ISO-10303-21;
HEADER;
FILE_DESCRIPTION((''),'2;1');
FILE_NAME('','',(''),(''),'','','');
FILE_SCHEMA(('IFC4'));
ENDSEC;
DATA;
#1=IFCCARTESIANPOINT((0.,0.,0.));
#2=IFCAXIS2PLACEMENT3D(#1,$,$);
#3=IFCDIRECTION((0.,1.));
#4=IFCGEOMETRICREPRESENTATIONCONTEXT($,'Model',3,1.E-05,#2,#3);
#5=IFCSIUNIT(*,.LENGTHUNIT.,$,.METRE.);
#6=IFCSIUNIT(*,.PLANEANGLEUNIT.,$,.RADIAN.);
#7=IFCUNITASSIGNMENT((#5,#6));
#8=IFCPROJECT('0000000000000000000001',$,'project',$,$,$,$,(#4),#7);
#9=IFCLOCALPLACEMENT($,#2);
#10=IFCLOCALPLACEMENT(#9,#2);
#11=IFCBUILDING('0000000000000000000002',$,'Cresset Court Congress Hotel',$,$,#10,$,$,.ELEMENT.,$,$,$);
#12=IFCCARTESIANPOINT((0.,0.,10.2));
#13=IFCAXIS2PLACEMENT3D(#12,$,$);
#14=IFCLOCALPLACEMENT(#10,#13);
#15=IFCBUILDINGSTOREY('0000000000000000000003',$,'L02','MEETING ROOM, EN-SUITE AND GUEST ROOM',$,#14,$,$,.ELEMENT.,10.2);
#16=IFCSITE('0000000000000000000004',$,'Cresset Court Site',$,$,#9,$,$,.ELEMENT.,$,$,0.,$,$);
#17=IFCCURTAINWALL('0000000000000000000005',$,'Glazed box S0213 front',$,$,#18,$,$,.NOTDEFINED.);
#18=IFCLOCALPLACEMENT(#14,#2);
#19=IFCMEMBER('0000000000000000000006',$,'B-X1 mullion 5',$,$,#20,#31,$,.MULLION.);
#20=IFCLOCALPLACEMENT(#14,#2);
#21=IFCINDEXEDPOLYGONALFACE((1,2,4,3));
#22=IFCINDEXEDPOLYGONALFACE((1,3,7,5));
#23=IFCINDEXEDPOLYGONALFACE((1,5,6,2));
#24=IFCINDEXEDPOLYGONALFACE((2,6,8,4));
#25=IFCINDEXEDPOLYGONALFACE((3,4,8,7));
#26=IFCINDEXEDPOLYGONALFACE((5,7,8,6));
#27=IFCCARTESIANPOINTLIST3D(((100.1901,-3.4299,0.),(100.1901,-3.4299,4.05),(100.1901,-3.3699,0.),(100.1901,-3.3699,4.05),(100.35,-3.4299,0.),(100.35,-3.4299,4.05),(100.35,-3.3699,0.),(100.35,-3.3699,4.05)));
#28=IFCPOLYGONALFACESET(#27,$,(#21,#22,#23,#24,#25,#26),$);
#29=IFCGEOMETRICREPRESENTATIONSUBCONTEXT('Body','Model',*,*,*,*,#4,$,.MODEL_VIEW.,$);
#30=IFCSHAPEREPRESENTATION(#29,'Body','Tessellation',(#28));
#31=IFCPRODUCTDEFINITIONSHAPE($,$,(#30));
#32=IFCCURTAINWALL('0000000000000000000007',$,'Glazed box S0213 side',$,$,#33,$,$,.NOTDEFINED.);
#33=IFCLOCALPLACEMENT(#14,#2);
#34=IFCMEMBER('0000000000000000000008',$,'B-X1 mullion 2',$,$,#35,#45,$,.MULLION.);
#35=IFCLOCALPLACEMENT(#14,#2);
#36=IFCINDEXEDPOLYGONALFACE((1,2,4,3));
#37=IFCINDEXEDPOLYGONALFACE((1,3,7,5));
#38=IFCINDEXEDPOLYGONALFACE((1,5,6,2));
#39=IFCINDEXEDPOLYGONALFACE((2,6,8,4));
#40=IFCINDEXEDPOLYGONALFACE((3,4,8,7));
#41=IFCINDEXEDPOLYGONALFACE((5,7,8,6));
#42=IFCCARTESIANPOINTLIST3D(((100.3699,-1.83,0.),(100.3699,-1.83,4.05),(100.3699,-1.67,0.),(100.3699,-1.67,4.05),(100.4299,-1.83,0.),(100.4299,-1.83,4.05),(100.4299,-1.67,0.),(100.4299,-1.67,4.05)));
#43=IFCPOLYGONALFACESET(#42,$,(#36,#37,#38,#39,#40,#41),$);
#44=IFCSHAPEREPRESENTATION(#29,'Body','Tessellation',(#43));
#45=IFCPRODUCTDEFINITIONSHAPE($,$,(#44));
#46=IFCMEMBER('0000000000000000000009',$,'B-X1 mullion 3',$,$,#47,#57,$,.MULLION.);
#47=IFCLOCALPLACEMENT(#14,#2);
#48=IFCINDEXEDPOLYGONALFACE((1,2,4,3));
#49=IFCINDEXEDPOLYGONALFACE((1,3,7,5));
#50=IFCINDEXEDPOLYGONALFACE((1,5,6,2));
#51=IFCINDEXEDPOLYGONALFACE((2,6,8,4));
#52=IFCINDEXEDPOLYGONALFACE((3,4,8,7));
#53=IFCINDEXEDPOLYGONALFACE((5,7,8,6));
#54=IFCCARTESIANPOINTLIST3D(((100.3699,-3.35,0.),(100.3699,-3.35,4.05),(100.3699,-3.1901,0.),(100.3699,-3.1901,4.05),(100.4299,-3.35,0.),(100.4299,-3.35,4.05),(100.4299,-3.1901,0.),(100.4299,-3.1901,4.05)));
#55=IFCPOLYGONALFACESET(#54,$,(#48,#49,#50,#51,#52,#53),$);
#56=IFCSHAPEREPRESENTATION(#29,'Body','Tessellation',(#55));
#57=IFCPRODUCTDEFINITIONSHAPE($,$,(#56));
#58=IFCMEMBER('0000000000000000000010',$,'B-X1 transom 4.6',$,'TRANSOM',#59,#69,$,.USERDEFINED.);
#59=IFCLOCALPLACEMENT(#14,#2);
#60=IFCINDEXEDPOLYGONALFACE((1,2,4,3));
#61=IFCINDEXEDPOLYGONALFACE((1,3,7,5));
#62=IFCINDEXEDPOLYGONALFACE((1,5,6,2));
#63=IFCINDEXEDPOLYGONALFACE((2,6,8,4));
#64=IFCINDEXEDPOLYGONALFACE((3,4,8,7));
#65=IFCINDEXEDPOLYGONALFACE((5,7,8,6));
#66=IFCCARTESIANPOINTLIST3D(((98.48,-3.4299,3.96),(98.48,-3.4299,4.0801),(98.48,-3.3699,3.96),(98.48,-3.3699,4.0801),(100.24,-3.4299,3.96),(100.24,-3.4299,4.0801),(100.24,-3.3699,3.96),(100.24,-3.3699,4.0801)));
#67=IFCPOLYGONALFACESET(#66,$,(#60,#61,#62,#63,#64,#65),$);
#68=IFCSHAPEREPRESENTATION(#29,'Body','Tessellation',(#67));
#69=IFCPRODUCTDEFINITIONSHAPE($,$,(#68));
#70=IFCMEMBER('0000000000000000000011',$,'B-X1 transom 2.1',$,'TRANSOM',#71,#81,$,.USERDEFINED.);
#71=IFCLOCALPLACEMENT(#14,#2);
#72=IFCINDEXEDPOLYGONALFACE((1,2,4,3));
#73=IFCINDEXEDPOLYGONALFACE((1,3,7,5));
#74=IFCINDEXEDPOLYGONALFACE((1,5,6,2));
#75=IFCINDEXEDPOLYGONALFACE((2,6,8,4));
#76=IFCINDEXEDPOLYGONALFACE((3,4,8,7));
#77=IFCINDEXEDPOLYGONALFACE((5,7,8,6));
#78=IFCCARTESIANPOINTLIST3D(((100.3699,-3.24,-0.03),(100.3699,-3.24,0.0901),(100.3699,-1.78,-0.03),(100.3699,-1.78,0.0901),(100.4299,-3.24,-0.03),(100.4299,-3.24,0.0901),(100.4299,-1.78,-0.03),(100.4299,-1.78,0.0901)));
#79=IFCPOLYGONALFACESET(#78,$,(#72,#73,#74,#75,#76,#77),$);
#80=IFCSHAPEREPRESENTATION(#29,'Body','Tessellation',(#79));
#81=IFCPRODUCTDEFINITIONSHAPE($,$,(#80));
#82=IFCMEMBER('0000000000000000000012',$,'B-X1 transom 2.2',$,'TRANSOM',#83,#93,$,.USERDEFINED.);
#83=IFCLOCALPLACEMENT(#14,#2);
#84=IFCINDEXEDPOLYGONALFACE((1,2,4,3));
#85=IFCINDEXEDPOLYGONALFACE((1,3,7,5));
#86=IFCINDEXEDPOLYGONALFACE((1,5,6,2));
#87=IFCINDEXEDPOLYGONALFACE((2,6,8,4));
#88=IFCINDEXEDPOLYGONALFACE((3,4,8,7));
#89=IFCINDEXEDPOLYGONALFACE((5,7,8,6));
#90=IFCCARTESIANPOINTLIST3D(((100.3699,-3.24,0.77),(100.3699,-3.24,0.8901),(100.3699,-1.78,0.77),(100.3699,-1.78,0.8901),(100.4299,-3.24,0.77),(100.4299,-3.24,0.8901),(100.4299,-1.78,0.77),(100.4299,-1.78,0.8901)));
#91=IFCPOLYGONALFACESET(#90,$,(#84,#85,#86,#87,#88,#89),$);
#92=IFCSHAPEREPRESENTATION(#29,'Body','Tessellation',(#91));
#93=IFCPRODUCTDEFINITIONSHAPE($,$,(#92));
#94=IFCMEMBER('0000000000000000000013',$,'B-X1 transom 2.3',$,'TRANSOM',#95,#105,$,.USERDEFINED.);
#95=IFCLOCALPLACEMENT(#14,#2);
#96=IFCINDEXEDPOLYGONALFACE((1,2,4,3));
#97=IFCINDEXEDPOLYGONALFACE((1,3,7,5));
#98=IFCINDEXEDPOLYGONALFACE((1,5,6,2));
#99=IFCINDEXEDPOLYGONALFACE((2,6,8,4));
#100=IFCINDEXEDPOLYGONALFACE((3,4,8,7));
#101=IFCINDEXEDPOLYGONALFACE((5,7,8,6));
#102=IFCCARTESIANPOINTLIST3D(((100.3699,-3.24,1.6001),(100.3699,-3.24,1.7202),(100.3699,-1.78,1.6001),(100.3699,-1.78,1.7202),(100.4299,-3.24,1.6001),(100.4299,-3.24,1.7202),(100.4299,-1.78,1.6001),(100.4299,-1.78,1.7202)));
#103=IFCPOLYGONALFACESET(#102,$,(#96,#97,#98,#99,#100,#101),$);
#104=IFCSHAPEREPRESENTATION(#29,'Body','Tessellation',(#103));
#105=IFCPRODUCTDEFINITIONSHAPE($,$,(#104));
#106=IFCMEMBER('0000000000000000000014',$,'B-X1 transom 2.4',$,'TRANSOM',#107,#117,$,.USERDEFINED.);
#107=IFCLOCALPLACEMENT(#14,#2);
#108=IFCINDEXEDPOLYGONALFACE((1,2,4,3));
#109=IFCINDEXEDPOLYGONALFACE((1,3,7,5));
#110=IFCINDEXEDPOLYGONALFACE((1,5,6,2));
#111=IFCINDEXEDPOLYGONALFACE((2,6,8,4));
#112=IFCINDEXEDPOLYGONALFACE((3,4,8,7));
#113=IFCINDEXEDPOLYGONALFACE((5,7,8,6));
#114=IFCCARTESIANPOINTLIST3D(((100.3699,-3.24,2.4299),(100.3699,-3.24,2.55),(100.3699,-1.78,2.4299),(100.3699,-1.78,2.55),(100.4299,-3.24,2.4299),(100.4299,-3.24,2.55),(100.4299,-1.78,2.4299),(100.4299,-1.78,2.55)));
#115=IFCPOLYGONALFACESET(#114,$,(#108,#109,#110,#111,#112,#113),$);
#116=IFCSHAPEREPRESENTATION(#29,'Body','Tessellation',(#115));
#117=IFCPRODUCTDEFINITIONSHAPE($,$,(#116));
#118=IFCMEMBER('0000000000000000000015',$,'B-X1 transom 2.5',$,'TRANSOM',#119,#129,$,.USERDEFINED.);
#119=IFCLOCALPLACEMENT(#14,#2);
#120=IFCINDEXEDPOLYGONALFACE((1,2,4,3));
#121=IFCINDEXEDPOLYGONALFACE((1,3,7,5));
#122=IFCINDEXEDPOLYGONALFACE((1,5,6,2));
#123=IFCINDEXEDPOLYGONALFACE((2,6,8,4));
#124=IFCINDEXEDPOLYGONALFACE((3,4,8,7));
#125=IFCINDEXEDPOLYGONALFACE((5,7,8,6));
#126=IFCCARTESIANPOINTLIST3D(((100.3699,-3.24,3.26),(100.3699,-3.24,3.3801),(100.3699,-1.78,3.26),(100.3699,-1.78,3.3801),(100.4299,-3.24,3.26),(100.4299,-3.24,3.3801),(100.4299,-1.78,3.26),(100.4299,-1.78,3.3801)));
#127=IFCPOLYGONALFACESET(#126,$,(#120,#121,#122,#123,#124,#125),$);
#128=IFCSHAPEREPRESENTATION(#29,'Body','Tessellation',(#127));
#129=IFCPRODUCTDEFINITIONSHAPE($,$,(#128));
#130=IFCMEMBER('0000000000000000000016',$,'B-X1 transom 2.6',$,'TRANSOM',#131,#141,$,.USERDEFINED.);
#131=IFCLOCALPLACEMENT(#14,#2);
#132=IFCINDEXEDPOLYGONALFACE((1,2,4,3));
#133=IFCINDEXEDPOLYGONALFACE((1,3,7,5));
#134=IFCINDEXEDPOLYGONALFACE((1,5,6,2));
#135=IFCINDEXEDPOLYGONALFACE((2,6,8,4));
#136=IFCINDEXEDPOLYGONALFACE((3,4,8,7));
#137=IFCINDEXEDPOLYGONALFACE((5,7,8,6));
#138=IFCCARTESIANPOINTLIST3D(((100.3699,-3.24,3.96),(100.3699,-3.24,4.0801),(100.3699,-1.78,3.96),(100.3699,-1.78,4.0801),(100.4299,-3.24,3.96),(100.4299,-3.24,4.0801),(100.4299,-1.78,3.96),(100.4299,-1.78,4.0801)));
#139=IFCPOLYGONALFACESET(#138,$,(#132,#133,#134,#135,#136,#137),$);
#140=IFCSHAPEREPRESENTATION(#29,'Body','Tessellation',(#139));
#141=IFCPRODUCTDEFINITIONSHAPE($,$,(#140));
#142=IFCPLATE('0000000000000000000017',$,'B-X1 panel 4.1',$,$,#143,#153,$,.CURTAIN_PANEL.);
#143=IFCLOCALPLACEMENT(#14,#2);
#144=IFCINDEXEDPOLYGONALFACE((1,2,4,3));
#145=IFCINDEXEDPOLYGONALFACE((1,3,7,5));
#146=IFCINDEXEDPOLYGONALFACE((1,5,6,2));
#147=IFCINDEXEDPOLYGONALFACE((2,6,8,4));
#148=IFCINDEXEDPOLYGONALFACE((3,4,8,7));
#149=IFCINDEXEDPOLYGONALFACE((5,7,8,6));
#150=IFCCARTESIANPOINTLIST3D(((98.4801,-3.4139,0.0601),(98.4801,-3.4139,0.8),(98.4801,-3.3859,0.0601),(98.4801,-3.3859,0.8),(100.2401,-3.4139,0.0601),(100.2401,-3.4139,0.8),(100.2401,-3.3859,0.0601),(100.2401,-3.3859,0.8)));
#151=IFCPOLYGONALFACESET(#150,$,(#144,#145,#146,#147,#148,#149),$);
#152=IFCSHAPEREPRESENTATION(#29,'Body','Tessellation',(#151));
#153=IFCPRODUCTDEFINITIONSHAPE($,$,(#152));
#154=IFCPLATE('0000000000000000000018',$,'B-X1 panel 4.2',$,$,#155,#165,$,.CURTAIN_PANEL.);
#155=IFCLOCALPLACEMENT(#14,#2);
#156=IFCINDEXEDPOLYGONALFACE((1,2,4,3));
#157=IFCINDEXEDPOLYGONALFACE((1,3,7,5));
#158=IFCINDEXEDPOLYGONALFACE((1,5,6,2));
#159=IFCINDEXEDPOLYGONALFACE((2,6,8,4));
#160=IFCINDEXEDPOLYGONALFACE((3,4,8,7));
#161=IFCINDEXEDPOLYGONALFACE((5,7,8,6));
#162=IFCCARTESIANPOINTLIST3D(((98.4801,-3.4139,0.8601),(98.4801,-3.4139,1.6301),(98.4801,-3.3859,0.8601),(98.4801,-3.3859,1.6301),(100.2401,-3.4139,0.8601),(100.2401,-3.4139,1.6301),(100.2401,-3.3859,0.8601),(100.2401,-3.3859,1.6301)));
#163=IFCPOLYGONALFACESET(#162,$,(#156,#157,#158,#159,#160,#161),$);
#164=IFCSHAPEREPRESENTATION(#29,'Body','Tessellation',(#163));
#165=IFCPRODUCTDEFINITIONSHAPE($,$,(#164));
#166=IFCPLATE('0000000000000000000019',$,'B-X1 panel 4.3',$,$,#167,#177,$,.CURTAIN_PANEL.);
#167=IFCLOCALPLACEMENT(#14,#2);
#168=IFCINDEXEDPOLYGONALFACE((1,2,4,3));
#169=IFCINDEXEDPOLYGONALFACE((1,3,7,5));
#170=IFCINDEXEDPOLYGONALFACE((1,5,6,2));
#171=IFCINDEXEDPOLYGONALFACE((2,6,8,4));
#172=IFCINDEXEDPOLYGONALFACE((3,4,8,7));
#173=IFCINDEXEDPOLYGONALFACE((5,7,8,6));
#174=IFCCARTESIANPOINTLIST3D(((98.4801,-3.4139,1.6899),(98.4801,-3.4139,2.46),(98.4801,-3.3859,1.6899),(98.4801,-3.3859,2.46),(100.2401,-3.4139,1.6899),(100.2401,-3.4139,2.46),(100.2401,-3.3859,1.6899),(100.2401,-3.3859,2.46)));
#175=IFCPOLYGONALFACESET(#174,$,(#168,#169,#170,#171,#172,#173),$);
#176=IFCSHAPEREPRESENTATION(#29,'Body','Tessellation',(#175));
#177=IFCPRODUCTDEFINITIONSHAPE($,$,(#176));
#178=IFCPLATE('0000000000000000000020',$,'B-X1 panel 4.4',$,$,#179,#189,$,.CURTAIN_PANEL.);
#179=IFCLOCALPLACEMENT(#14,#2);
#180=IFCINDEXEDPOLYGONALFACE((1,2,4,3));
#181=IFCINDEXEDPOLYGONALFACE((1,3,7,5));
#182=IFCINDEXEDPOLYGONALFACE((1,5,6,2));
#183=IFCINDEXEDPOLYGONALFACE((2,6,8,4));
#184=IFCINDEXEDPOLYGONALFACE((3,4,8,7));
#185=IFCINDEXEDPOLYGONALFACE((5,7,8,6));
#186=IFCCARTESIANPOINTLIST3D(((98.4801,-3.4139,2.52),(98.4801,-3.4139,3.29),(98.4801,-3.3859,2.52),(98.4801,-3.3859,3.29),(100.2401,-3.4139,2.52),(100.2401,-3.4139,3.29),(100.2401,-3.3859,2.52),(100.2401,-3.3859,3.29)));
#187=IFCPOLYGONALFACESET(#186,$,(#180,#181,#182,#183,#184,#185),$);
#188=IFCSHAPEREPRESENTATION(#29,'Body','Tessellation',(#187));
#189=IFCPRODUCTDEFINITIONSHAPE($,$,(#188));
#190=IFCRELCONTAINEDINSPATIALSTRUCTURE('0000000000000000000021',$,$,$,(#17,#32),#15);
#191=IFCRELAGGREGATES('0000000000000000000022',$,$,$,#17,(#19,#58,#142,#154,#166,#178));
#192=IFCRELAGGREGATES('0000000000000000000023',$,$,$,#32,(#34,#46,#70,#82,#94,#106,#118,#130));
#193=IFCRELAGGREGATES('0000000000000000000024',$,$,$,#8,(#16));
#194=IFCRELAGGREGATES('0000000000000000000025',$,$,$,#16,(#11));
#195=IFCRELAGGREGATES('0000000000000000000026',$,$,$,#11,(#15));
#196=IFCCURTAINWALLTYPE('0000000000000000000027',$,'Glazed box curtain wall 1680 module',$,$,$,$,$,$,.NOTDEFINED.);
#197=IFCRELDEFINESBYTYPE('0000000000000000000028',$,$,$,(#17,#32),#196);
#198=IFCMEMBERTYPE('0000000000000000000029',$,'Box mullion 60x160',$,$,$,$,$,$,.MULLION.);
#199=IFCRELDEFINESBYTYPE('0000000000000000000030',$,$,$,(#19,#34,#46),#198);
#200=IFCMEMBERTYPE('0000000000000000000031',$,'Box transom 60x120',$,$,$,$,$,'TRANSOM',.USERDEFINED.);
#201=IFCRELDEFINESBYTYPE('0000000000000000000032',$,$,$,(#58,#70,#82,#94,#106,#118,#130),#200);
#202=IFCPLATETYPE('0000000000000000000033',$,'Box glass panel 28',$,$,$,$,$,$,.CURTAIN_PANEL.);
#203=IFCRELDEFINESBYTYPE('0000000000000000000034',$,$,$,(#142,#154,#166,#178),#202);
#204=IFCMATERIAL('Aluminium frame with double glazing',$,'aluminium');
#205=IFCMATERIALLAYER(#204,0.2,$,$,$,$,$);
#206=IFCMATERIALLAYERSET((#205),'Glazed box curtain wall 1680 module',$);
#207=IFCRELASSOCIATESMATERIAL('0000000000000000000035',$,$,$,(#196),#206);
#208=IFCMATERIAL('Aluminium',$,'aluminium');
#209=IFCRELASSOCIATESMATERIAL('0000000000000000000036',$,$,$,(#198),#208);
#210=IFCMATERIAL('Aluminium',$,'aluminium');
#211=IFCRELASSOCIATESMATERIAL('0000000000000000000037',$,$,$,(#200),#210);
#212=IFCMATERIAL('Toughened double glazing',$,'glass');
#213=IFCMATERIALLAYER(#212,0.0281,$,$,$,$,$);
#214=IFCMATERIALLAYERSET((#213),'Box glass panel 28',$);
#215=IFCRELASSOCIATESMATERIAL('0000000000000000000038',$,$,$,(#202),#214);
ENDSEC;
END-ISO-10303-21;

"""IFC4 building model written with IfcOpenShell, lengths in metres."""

from ifc_helpers import new_model, si_unit, direction, frame, origin, origin_2d, place, context, subcontext, project, spatial, rectangle, extrude, material, layer, layer_set, material_profile, profile_set, type_object, element, aggregate, save


model = new_model("IFC4")

# Units and contexts
model_context = context("Model", 3, precision=1e-05, world=origin(), true_north=direction((0.0, 1.0)))
body_context = subcontext(model_context, "Body", "Model", "MODEL_VIEW")
ifc_project = project(units=[si_unit("LENGTHUNIT", "METRE"), si_unit("PLANEANGLEUNIT", "RADIAN")], contexts=[model_context])

# Site, building, storey
site_placement = place(None, origin())
site = spatial("IfcSite", under=ifc_project, at=site_placement, Name="Cresset Court Site", CompositionType="ELEMENT", RefElevation=0.0)
building_placement = place(site_placement, origin())
building = spatial("IfcBuilding", under=site, at=building_placement, Name="Cresset Court Congress Hotel", CompositionType="ELEMENT")
storey_placement = place(building_placement, frame((0.0, 0.0, 10.2)))
storey = spatial("IfcBuildingStorey", under=building, at=storey_placement, Name="L02", Description="MEETING ROOM, EN-SUITE AND GUEST ROOM", CompositionType="ELEMENT", Elevation=10.2)

# Curtain wall, member
ifc_material_1 = material(Name="Aluminium frame with double glazing", Category="aluminium")
ifc_layer_1 = layer(ifc_material_1, 0.2)
ifc_layer_set_1 = layer_set([ifc_layer_1], Name="Glazed box curtain wall 1680 module")
curtain_wall_type = type_object("IfcCurtainWallType", Name="Glazed box curtain wall 1680 module", PredefinedType="NOTDEFINED", material=ifc_layer_set_1)
curtain_wall_1_placement = place(storey_placement, origin())
curtain_wall_1 = element("IfcCurtainWall", 1, at=curtain_wall_1_placement, inside=storey, type_object=curtain_wall_type, Name="Glazed box S0213 front", PredefinedType="NOTDEFINED")
ifc_material_2 = material(Name="Aluminium", Category="aluminium")
ifc_material_profile_1 = material_profile(ifc_material_2, rectangle(XDim=0.0601, YDim=0.1599, at=origin_2d()), Name="Box mullion 60x160")
ifc_profile_set_1 = profile_set([ifc_material_profile_1], Name="Aluminium")
member_type_1 = type_object("IfcMemberType", Name="Box mullion 60x160", PredefinedType="MULLION", material=ifc_profile_set_1)
member_1_placement = place(storey_placement, frame((100.27, -3.3999, 0.0), z_axis=(0.0, 0.0, 1.0), x_axis=(0.0, 1.0, 0.0)))
member_1 = element("IfcMember", 2, at=member_1_placement, type_object=member_type_1, Name="B-X1 mullion 5", PredefinedType="MULLION", context=body_context, shape_type="SweptSolid", body=[
    extrude(rectangle(XDim=0.0601, YDim=0.1599, at=origin_2d()), origin(), (0.0, 0.0, 1.0), 4.05),
])

# Curtain wall, members
curtain_wall_2_placement = place(storey_placement, origin())
curtain_wall_2 = element("IfcCurtainWall", 3, at=curtain_wall_2_placement, inside=storey, type_object=curtain_wall_type, Name="Glazed box S0213 side", PredefinedType="NOTDEFINED")
member_2_placement = place(storey_placement, frame((100.3999, -1.75, 0.0), z_axis=(0.0, 0.0, 1.0), x_axis=(1.0, 0.0, 0.0)))
member_2 = element("IfcMember", 4, at=member_2_placement, type_object=member_type_1, Name="B-X1 mullion 2", PredefinedType="MULLION", context=body_context, shape_type="SweptSolid", body=[
    extrude(rectangle(XDim=0.0601, YDim=0.1599, at=origin_2d()), origin(), (0.0, 0.0, 1.0), 4.05),
])
member_3_placement = place(storey_placement, frame((100.3999, -3.27, 0.0), z_axis=(0.0, 0.0, 1.0), x_axis=(1.0, 0.0, 0.0)))
member_3 = element("IfcMember", 5, at=member_3_placement, type_object=member_type_1, Name="B-X1 mullion 3", PredefinedType="MULLION", context=body_context, shape_type="SweptSolid", body=[
    extrude(rectangle(XDim=0.0601, YDim=0.1599, at=origin_2d()), origin(), (0.0, 0.0, 1.0), 4.05),
])

# Members
ifc_material_3 = material(Name="Aluminium", Category="aluminium")
ifc_material_profile_2 = material_profile(ifc_material_3, rectangle(XDim=0.0601, YDim=0.1201, at=origin_2d()), Name="Box transom 60x120")
ifc_profile_set_2 = profile_set([ifc_material_profile_2], Name="Aluminium")
member_type_2 = type_object("IfcMemberType", Name="Box transom 60x120", ElementType="TRANSOM", PredefinedType="USERDEFINED", material=ifc_profile_set_2)
member_4_placement = place(storey_placement, frame((98.48, -3.3999, 4.02), z_axis=(1.0, 0.0, 0.0), x_axis=(0.0, 1.0, 0.0)))
member_4 = element("IfcMember", 6, at=member_4_placement, type_object=member_type_2, Name="B-X1 transom 4.6", ObjectType="TRANSOM", PredefinedType="USERDEFINED", context=body_context, shape_type="SweptSolid", body=[
    extrude(rectangle(XDim=0.0601, YDim=0.1201, at=origin_2d()), origin(), (0.0, 0.0, 1.0), 1.76),
])
member_5_placement = place(storey_placement, frame((100.3999, -1.78, 0.03), z_axis=(0.0, -1.0, 0.0), x_axis=(1.0, 0.0, 0.0)))
member_5 = element("IfcMember", 7, at=member_5_placement, type_object=member_type_2, Name="B-X1 transom 2.1", ObjectType="TRANSOM", PredefinedType="USERDEFINED", context=body_context, shape_type="SweptSolid", body=[
    extrude(rectangle(XDim=0.0601, YDim=0.1201, at=origin_2d()), origin(), (0.0, 0.0, 1.0), 1.46),
])
member_6_placement = place(storey_placement, frame((100.3999, -1.78, 0.8301), z_axis=(0.0, -1.0, 0.0), x_axis=(1.0, 0.0, 0.0)))
member_6 = element("IfcMember", 8, at=member_6_placement, type_object=member_type_2, Name="B-X1 transom 2.2", ObjectType="TRANSOM", PredefinedType="USERDEFINED", context=body_context, shape_type="SweptSolid", body=[
    extrude(rectangle(XDim=0.0601, YDim=0.1201, at=origin_2d()), origin(), (0.0, 0.0, 1.0), 1.46),
])
member_7_placement = place(storey_placement, frame((100.3999, -1.78, 1.6602), z_axis=(0.0, -1.0, 0.0), x_axis=(1.0, 0.0, 0.0)))
member_7 = element("IfcMember", 9, at=member_7_placement, type_object=member_type_2, Name="B-X1 transom 2.3", ObjectType="TRANSOM", PredefinedType="USERDEFINED", context=body_context, shape_type="SweptSolid", body=[
    extrude(rectangle(XDim=0.0601, YDim=0.1201, at=origin_2d()), origin(), (0.0, 0.0, 1.0), 1.46),
])
member_8_placement = place(storey_placement, frame((100.3999, -1.78, 2.49), z_axis=(0.0, -1.0, 0.0), x_axis=(1.0, 0.0, 0.0)))
member_8 = element("IfcMember", 10, at=member_8_placement, type_object=member_type_2, Name="B-X1 transom 2.4", ObjectType="TRANSOM", PredefinedType="USERDEFINED", context=body_context, shape_type="SweptSolid", body=[
    extrude(rectangle(XDim=0.0601, YDim=0.1201, at=origin_2d()), origin(), (0.0, 0.0, 1.0), 1.46),
])
member_9_placement = place(storey_placement, frame((100.3999, -1.78, 3.3201), z_axis=(0.0, -1.0, 0.0), x_axis=(1.0, 0.0, 0.0)))
member_9 = element("IfcMember", 11, at=member_9_placement, type_object=member_type_2, Name="B-X1 transom 2.5", ObjectType="TRANSOM", PredefinedType="USERDEFINED", context=body_context, shape_type="SweptSolid", body=[
    extrude(rectangle(XDim=0.0601, YDim=0.1201, at=origin_2d()), origin(), (0.0, 0.0, 1.0), 1.46),
])
member_10_placement = place(storey_placement, frame((100.3999, -1.78, 4.02), z_axis=(0.0, -1.0, 0.0), x_axis=(1.0, 0.0, 0.0)))
member_10 = element("IfcMember", 12, at=member_10_placement, type_object=member_type_2, Name="B-X1 transom 2.6", ObjectType="TRANSOM", PredefinedType="USERDEFINED", context=body_context, shape_type="SweptSolid", body=[
    extrude(rectangle(XDim=0.0601, YDim=0.1201, at=origin_2d()), origin(), (0.0, 0.0, 1.0), 1.46),
])

# Plates
ifc_material_4 = material(Name="Toughened double glazing", Category="glass")
ifc_layer_2 = layer(ifc_material_4, 0.0281)
ifc_layer_set_2 = layer_set([ifc_layer_2], Name="Box glass panel 28")
plate_type_1 = type_object("IfcPlateType", Name="Box glass panel 28", PredefinedType="CURTAIN_PANEL", material=ifc_layer_set_2)
plate_1_placement = place(storey_placement, frame((99.3601, -3.3999, 0.0601), z_axis=(0.0, 0.0, 1.0), x_axis=(1.0, 0.0, 0.0)))
plate_1 = element("IfcPlate", 13, at=plate_1_placement, type_object=plate_type_1, Name="B-X1 panel 4.1", PredefinedType="CURTAIN_PANEL", context=body_context, shape_type="SweptSolid", body=[
    extrude(rectangle(XDim=1.76, YDim=0.0281, at=origin_2d()), origin(), (0.0, 0.0, 1.0), 0.74),
])
plate_2_placement = place(storey_placement, frame((99.3601, -3.3999, 0.8601), z_axis=(0.0, 0.0, 1.0), x_axis=(1.0, 0.0, 0.0)))
plate_2 = element("IfcPlate", 14, at=plate_2_placement, type_object=plate_type_1, Name="B-X1 panel 4.2", PredefinedType="CURTAIN_PANEL", context=body_context, shape_type="SweptSolid", body=[
    extrude(rectangle(XDim=1.76, YDim=0.0281, at=origin_2d()), origin(), (0.0, 0.0, 1.0), 0.77),
])
plate_3_placement = place(storey_placement, frame((99.3601, -3.3999, 1.6899), z_axis=(0.0, 0.0, 1.0), x_axis=(1.0, 0.0, 0.0)))
plate_3 = element("IfcPlate", 15, at=plate_3_placement, type_object=plate_type_1, Name="B-X1 panel 4.3", PredefinedType="CURTAIN_PANEL", context=body_context, shape_type="SweptSolid", body=[
    extrude(rectangle(XDim=1.76, YDim=0.0281, at=origin_2d()), origin(), (0.0, 0.0, 1.0), 0.77),
])
plate_4_placement = place(storey_placement, frame((99.3601, -3.3999, 2.52), z_axis=(0.0, 0.0, 1.0), x_axis=(1.0, 0.0, 0.0)))
plate_4 = element("IfcPlate", 16, at=plate_4_placement, type_object=plate_type_1, Name="B-X1 panel 4.4", PredefinedType="CURTAIN_PANEL", context=body_context, shape_type="SweptSolid", body=[
    extrude(rectangle(XDim=1.76, YDim=0.0281, at=origin_2d()), origin(), (0.0, 0.0, 1.0), 0.77),
])
aggregate(curtain_wall_1, [member_1, member_4, plate_1, plate_2, plate_3, plate_4])
aggregate(curtain_wall_2, [member_2, member_3, member_5, member_6, member_7, member_8, member_9, member_10])

save(model, "model.ifc")
